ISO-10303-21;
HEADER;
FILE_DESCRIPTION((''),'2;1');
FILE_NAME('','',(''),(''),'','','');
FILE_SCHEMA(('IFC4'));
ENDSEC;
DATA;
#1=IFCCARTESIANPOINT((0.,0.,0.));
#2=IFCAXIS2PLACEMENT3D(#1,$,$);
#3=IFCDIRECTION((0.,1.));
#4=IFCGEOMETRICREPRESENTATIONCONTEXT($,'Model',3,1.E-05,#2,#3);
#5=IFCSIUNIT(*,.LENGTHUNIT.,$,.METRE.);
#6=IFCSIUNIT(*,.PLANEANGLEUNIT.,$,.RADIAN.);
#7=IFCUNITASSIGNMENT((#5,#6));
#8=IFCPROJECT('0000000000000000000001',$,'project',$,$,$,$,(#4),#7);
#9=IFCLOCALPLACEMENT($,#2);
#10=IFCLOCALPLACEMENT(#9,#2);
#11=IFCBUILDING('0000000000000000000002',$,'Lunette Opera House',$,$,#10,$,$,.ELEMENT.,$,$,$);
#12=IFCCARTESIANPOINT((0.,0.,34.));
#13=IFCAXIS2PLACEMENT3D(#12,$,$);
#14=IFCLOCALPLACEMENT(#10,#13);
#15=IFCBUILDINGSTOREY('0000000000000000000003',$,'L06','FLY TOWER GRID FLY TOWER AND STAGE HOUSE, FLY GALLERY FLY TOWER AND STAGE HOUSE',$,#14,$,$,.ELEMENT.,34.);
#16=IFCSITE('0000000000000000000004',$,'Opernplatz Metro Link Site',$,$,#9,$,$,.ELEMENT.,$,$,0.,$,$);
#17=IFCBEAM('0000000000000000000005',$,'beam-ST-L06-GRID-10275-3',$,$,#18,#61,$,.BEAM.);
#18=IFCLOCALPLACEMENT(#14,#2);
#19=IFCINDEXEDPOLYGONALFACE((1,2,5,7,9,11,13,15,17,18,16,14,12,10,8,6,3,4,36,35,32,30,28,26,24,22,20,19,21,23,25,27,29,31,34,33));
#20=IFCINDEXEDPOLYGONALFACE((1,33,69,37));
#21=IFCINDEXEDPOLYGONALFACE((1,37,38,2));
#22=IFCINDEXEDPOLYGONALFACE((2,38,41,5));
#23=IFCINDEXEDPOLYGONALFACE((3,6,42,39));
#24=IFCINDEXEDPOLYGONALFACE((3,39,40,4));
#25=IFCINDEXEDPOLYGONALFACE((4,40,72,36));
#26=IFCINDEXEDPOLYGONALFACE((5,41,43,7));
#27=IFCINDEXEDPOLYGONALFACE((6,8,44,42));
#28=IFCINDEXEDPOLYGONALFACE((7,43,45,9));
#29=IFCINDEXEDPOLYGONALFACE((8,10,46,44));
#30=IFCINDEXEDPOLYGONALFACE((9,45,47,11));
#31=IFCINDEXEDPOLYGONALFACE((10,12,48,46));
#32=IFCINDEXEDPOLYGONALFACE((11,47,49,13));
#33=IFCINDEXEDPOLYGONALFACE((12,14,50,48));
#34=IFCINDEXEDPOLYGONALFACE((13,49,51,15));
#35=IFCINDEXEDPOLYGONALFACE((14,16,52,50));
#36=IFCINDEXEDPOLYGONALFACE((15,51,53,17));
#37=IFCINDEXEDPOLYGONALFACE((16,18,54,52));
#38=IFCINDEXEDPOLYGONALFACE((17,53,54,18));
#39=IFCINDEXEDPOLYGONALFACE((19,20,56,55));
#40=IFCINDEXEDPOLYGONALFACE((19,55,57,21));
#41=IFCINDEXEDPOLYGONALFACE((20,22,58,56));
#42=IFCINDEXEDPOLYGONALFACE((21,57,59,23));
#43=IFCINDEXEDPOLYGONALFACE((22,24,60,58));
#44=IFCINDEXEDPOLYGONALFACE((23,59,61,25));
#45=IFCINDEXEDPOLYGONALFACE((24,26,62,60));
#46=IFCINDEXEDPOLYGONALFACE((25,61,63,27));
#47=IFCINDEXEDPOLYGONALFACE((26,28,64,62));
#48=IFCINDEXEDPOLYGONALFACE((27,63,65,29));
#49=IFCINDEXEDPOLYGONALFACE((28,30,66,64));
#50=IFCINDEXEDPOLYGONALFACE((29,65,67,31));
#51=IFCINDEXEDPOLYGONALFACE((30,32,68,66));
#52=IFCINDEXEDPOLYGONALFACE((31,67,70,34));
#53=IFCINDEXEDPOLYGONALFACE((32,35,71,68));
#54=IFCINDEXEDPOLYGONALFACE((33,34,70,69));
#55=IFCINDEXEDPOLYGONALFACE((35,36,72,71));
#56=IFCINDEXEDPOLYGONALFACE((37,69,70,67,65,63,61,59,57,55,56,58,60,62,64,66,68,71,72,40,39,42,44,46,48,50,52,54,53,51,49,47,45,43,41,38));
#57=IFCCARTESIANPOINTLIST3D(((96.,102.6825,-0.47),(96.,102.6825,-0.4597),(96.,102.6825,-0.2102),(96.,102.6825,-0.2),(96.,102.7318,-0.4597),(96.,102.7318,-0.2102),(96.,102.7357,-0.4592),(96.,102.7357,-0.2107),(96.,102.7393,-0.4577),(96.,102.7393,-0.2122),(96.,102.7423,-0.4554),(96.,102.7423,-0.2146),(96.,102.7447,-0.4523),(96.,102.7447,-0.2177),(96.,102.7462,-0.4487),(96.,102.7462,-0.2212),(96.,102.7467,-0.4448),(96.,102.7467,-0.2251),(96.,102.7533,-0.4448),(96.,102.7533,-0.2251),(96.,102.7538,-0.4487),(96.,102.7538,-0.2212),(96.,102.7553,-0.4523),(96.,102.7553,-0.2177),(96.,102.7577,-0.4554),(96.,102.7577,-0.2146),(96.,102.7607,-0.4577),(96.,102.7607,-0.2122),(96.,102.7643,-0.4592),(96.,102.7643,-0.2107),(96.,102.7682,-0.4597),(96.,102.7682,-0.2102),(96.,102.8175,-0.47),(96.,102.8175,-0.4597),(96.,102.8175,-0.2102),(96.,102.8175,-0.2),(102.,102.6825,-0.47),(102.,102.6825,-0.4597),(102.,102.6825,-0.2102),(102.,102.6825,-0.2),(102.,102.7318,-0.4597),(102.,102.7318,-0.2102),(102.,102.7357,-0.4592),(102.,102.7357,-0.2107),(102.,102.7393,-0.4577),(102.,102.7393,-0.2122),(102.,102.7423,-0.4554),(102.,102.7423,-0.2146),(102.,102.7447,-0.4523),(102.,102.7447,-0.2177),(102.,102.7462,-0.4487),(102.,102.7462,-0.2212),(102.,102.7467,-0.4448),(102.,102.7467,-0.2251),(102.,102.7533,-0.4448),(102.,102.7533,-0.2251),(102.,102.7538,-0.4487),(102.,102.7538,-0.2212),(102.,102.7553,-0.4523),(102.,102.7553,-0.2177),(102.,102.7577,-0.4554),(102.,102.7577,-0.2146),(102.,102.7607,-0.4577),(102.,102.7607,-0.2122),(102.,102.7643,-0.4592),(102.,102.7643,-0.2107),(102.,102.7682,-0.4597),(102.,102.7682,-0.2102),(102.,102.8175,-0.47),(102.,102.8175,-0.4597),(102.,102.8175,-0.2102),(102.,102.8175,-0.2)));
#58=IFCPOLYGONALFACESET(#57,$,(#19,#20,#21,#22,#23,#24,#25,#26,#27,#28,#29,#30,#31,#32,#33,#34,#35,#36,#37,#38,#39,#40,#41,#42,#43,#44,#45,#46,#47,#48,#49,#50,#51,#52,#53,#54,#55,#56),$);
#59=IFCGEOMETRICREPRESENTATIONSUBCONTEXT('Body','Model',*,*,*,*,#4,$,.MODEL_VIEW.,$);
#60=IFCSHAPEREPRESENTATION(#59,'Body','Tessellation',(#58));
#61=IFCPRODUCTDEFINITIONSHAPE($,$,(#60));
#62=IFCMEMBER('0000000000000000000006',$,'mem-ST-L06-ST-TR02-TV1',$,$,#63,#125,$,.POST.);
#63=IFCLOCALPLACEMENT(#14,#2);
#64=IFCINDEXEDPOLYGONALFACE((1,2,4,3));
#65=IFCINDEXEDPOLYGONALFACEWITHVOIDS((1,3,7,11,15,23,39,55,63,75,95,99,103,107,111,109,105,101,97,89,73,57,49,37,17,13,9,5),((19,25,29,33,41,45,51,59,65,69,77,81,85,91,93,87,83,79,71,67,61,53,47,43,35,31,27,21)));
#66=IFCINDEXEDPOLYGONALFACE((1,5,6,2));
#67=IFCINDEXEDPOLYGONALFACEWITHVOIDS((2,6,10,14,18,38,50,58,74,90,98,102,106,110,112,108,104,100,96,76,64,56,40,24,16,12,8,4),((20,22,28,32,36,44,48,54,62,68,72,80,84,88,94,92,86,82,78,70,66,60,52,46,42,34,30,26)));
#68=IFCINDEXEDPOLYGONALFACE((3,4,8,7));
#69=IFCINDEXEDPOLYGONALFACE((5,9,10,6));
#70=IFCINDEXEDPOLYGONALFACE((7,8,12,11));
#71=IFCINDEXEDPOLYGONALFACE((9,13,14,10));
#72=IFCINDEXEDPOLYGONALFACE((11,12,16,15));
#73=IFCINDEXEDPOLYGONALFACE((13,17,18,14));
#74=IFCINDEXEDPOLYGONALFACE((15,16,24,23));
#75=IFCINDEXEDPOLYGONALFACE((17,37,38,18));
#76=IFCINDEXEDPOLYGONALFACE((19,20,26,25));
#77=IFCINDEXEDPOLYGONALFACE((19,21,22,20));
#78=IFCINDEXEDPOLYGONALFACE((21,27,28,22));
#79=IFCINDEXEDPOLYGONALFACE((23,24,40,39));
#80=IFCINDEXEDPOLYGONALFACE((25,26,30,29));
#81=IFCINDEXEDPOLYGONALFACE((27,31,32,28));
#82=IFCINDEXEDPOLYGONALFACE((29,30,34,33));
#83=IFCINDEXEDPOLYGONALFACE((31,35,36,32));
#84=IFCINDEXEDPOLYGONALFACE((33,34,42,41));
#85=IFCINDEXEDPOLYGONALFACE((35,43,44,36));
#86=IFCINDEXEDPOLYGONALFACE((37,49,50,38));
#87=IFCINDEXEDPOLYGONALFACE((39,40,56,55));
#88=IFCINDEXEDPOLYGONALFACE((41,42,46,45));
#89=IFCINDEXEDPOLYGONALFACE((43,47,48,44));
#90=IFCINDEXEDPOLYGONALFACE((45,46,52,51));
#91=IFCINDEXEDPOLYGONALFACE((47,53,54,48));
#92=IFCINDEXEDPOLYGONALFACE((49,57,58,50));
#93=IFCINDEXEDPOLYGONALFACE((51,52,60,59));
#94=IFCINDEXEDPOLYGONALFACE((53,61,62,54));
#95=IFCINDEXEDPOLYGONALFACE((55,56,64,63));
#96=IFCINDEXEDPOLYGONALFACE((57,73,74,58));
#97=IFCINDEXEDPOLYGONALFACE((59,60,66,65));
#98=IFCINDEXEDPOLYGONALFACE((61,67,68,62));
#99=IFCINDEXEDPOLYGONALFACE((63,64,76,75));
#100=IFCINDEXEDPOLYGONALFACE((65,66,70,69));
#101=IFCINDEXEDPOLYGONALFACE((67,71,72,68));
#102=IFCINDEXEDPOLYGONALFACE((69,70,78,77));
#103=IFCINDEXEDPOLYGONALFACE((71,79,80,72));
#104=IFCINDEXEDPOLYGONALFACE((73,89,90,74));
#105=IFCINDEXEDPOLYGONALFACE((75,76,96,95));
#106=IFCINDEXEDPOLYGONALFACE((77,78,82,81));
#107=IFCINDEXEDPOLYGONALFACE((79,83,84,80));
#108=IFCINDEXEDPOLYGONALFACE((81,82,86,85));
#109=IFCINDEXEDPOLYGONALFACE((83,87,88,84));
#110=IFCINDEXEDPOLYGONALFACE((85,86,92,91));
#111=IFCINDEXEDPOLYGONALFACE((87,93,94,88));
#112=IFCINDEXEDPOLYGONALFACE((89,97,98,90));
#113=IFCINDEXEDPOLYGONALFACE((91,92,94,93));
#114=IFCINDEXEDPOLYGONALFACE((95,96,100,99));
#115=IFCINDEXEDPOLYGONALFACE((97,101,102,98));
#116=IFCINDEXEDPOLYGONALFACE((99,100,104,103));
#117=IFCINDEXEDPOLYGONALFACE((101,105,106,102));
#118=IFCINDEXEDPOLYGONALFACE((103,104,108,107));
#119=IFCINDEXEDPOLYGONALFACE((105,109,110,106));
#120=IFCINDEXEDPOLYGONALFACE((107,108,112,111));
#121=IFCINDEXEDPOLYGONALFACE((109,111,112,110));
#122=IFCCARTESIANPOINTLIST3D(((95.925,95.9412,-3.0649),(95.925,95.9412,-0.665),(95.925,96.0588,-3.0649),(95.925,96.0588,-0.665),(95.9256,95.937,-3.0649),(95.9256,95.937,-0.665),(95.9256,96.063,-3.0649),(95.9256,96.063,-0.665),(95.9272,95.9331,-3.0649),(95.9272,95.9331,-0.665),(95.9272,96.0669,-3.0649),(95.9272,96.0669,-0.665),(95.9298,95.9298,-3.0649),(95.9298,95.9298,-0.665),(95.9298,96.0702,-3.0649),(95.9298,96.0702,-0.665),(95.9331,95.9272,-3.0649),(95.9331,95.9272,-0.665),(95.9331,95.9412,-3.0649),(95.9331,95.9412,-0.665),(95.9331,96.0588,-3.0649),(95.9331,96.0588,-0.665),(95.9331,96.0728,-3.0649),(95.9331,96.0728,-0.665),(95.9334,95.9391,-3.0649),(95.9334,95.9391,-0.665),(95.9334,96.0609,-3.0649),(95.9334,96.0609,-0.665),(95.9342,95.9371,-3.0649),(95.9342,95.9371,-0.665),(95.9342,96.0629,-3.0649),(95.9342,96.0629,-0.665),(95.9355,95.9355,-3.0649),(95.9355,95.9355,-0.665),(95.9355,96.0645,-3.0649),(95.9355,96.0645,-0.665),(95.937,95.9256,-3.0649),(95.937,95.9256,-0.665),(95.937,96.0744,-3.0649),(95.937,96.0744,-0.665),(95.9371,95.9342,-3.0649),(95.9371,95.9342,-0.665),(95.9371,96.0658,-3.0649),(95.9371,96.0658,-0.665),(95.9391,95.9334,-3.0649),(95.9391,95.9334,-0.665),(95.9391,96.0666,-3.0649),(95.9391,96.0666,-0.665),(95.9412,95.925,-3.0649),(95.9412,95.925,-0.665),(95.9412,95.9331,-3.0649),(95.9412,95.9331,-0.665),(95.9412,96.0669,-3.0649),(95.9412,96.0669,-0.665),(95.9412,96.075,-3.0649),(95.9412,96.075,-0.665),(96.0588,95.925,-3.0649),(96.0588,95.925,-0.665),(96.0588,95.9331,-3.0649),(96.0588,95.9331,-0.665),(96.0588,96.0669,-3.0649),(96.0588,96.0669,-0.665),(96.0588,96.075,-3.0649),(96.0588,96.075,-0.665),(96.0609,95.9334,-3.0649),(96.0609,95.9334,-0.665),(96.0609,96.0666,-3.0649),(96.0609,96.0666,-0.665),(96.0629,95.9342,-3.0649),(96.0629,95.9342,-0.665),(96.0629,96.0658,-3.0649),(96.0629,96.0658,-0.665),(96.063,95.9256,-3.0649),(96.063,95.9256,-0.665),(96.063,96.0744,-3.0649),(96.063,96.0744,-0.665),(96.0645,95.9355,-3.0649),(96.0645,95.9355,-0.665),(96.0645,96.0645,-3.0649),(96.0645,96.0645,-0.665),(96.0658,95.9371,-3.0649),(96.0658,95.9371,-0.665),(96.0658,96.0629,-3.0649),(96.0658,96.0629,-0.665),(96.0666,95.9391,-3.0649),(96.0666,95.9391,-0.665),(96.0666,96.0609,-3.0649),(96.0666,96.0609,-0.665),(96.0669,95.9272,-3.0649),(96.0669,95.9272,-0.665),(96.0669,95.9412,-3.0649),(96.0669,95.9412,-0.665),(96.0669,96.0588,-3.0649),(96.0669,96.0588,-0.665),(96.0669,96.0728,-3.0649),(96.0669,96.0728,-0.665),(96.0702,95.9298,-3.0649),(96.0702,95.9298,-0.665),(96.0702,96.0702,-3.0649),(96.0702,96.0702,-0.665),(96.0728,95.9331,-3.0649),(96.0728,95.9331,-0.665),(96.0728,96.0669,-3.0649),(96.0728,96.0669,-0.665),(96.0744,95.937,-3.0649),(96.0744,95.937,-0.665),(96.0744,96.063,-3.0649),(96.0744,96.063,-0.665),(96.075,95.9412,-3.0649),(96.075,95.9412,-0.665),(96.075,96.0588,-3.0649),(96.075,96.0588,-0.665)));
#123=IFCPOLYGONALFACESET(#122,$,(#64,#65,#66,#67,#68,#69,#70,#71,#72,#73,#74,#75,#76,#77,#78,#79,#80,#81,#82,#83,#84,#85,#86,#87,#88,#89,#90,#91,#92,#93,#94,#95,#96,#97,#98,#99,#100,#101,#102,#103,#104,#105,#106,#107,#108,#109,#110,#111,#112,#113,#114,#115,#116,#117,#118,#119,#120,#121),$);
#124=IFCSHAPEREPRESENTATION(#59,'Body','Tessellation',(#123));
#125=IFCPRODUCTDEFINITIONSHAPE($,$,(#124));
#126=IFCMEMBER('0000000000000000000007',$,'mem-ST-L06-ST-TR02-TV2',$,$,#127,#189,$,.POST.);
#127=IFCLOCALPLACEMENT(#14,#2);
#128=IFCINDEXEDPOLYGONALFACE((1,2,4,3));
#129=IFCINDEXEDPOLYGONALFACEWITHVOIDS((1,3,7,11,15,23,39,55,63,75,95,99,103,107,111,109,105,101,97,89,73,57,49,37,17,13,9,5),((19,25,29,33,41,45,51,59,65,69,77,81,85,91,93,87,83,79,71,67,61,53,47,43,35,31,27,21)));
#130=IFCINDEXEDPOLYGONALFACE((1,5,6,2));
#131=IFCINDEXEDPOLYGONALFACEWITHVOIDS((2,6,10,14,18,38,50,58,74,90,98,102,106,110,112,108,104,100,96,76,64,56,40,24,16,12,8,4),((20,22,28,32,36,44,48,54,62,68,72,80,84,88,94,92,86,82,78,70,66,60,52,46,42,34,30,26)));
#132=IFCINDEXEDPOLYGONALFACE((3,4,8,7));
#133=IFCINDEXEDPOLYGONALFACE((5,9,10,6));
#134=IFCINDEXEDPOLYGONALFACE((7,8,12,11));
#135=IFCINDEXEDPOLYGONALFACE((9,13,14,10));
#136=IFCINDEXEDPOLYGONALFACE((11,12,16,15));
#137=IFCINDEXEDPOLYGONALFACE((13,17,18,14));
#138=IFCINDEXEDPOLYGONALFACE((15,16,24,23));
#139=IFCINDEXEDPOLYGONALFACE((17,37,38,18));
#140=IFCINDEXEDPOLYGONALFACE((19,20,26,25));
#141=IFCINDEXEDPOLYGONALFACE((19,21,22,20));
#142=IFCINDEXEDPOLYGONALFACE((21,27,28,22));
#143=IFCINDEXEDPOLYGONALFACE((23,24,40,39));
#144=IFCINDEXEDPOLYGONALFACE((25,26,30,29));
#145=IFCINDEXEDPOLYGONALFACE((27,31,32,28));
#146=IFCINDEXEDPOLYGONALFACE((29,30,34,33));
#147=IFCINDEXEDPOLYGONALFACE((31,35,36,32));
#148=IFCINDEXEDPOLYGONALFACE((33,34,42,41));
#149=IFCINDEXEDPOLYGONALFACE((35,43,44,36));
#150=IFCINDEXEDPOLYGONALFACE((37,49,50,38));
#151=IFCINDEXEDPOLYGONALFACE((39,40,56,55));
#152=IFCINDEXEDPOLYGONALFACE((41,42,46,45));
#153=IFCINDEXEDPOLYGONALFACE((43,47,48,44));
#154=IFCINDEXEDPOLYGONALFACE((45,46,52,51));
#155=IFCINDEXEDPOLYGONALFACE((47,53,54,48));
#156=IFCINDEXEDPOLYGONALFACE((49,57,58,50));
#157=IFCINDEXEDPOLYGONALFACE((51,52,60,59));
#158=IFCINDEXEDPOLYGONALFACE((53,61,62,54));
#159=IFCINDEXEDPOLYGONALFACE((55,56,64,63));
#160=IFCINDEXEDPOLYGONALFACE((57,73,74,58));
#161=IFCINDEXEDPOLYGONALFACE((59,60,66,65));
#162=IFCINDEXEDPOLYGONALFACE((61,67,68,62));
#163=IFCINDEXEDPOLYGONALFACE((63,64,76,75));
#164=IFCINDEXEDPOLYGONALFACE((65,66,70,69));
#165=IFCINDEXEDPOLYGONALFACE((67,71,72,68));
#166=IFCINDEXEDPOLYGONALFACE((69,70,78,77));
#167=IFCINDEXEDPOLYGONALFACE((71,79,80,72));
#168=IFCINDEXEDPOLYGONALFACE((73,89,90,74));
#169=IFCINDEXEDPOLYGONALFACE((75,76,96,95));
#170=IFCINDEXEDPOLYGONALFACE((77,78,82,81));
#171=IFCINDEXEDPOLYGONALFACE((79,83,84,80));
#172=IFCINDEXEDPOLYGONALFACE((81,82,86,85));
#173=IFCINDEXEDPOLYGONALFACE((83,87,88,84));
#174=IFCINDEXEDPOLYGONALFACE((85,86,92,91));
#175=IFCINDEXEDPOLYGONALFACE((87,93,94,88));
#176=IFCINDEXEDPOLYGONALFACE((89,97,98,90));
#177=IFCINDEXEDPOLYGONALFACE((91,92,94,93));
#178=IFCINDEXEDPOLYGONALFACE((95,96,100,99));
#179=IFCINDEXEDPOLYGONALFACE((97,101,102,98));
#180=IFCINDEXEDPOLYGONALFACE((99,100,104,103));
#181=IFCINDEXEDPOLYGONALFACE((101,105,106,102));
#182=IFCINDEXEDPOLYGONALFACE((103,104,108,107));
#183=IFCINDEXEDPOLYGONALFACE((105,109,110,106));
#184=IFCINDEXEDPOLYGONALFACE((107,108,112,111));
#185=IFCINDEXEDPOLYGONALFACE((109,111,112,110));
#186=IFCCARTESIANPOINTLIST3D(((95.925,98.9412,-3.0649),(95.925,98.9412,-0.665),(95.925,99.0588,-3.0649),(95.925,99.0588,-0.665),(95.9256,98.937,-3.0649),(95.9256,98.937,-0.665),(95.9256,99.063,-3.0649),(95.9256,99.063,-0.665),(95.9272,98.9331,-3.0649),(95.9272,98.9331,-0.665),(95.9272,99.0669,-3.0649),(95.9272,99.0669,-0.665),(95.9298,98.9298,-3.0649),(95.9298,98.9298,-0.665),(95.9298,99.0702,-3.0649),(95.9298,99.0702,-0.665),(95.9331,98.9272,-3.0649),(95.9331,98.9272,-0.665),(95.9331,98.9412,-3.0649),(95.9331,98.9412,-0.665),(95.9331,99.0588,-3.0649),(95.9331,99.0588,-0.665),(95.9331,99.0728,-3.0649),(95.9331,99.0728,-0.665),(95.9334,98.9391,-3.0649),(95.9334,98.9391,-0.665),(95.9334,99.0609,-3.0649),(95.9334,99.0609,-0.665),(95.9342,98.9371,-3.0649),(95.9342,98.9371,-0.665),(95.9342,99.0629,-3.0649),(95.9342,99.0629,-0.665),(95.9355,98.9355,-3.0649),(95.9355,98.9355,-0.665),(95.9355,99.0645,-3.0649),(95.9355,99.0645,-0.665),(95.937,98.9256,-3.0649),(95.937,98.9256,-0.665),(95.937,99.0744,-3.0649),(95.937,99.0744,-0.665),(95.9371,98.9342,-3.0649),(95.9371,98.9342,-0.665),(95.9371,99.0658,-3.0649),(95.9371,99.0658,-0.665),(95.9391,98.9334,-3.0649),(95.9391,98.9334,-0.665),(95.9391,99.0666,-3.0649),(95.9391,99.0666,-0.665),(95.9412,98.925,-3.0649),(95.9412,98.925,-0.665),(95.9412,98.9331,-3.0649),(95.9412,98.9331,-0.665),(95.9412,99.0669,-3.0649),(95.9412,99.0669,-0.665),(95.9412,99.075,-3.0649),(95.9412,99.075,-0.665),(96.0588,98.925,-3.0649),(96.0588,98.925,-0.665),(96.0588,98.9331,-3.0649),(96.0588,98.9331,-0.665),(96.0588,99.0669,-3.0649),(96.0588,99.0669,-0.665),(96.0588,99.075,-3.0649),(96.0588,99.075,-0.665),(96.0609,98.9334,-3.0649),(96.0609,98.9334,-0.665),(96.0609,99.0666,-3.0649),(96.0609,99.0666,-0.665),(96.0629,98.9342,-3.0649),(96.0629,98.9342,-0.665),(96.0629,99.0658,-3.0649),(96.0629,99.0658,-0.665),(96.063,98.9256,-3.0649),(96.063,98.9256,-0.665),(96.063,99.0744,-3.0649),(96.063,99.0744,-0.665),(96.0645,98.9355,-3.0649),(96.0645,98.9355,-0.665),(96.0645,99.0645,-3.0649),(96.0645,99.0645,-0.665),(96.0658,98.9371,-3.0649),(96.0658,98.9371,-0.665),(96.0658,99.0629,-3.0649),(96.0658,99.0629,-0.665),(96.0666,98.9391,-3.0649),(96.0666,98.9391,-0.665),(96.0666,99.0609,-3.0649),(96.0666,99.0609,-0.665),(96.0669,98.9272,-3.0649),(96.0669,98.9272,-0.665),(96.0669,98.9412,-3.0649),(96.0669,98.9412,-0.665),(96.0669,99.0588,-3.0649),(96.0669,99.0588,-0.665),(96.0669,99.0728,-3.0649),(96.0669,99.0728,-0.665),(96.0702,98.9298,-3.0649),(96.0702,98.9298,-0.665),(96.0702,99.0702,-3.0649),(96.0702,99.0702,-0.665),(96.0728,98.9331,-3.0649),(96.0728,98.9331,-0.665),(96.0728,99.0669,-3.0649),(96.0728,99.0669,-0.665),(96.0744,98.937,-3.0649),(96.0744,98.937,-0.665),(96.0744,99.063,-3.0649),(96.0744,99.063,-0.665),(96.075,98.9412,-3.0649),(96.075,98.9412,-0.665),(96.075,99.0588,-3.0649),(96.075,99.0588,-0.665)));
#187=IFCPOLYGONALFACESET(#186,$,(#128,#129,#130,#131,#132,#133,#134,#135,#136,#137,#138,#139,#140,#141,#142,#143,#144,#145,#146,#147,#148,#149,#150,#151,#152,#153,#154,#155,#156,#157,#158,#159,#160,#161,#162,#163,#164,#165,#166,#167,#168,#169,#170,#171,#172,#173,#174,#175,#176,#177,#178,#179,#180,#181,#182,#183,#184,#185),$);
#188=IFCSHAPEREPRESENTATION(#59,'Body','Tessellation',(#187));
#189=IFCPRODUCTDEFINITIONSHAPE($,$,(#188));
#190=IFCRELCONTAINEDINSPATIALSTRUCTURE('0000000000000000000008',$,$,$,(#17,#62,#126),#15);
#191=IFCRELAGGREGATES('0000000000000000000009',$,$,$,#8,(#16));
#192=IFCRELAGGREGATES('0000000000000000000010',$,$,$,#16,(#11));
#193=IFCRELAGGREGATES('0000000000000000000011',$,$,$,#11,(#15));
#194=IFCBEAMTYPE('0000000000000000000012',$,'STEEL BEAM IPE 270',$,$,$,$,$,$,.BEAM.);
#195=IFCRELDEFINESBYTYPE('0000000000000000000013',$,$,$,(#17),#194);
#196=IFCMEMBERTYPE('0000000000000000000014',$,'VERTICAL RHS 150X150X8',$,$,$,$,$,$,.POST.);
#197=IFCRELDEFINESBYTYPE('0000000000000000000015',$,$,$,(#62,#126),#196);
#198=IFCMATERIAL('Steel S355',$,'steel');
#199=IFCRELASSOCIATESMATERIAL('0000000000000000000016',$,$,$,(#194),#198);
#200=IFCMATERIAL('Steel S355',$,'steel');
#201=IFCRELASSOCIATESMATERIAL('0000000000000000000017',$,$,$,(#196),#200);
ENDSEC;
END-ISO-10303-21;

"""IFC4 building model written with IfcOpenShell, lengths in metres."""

from ifc_helpers import new_model, si_unit, direction, frame, origin, origin_2d, place, context, subcontext, project, spatial, hollow_rectangle, i_section, extrude, material, material_profile, profile_set, type_object, element, save


model = new_model("IFC4")

# Units and contexts
model_context = context("Model", 3, precision=1e-05, world=origin(), true_north=direction((0.0, 1.0)))
body_context = subcontext(model_context, "Body", "Model", "MODEL_VIEW")
ifc_project = project(units=[si_unit("LENGTHUNIT", "METRE"), si_unit("PLANEANGLEUNIT", "RADIAN")], contexts=[model_context])

# Site, building, storey
site_placement = place(None, origin())
site = spatial("IfcSite", under=ifc_project, at=site_placement, Name="Opernplatz Metro Link Site", CompositionType="ELEMENT", RefElevation=0.0)
building_placement = place(site_placement, origin())
building = spatial("IfcBuilding", under=site, at=building_placement, Name="Lunette Opera House", CompositionType="ELEMENT")
storey_placement = place(building_placement, frame((0.0, 0.0, 34.0)))
storey = spatial("IfcBuildingStorey", under=building, at=storey_placement, Name="L06", Description="FLY TOWER GRID FLY TOWER AND STAGE HOUSE, FLY GALLERY FLY TOWER AND STAGE HOUSE", CompositionType="ELEMENT", Elevation=34.0)

# Beam
ifc_material_1 = material(Name="Steel S355", Category="steel")
ifc_material_profile_1 = material_profile(ifc_material_1, i_section(OverallWidth=0.135, OverallDepth=0.27, WebThickness=0.0066, FlangeThickness=0.0103, FilletRadius=0.0149, at=origin_2d()), Name="IPE 270")
ifc_profile_set_1 = profile_set([ifc_material_profile_1], Name="Steel S355")
beam_type = type_object("IfcBeamType", Name="STEEL BEAM IPE 270", PredefinedType="BEAM", material=ifc_profile_set_1)
for number, where, z_axis, x_axis, name in (
    (1, (96.0, 102.75, -0.335), (1.0, 0.0, 0.0), (0.0, 1.0, 0.0), "beam-ST-L06-GRID-10275-3"),
):
    element("IfcBeam", number, at=place(storey_placement, frame(where, z_axis=z_axis, x_axis=x_axis)), inside=storey, type_object=beam_type, Name=name, PredefinedType="BEAM", context=body_context, shape_type="SweptSolid", body=[
        extrude(i_section(OverallWidth=0.135, OverallDepth=0.27, WebThickness=0.0066, FlangeThickness=0.0103, FilletRadius=0.0149, at=origin_2d()), origin(), (0.0, 0.0, 1.0), 6.0),
    ])

# Members
ifc_material_2 = material(Name="Steel S355", Category="steel")
ifc_material_profile_2 = material_profile(ifc_material_2, hollow_rectangle(XDim=0.1499, YDim=0.1499, WallThickness=0.0081, InnerFilletRadius=0.0081, OuterFilletRadius=0.0161, at=origin_2d()), Name="RHS 150X150X8")
ifc_profile_set_2 = profile_set([ifc_material_profile_2], Name="Steel S355")
member_type_1 = type_object("IfcMemberType", Name="VERTICAL RHS 150X150X8", PredefinedType="POST", material=ifc_profile_set_2)
for number, where, z_axis, x_axis, name in (
    (2, (96.0, 96.0, -3.0649), (0.0, 0.0, 1.0), (1.0, 0.0, 0.0), "mem-ST-L06-ST-TR02-TV1"),
    (3, (96.0, 99.0, -3.0649), (0.0, 0.0, 1.0), (1.0, 0.0, 0.0), "mem-ST-L06-ST-TR02-TV2"),
):
    element("IfcMember", number, at=place(storey_placement, frame(where, z_axis=z_axis, x_axis=x_axis)), inside=storey, type_object=member_type_1, Name=name, PredefinedType="POST", context=body_context, shape_type="SweptSolid", body=[
        extrude(hollow_rectangle(XDim=0.1499, YDim=0.1499, WallThickness=0.0081, InnerFilletRadius=0.0081, OuterFilletRadius=0.0161, at=origin_2d()), origin(), (0.0, 0.0, 1.0), 2.3999),
    ])

save(model, "model.ifc")
